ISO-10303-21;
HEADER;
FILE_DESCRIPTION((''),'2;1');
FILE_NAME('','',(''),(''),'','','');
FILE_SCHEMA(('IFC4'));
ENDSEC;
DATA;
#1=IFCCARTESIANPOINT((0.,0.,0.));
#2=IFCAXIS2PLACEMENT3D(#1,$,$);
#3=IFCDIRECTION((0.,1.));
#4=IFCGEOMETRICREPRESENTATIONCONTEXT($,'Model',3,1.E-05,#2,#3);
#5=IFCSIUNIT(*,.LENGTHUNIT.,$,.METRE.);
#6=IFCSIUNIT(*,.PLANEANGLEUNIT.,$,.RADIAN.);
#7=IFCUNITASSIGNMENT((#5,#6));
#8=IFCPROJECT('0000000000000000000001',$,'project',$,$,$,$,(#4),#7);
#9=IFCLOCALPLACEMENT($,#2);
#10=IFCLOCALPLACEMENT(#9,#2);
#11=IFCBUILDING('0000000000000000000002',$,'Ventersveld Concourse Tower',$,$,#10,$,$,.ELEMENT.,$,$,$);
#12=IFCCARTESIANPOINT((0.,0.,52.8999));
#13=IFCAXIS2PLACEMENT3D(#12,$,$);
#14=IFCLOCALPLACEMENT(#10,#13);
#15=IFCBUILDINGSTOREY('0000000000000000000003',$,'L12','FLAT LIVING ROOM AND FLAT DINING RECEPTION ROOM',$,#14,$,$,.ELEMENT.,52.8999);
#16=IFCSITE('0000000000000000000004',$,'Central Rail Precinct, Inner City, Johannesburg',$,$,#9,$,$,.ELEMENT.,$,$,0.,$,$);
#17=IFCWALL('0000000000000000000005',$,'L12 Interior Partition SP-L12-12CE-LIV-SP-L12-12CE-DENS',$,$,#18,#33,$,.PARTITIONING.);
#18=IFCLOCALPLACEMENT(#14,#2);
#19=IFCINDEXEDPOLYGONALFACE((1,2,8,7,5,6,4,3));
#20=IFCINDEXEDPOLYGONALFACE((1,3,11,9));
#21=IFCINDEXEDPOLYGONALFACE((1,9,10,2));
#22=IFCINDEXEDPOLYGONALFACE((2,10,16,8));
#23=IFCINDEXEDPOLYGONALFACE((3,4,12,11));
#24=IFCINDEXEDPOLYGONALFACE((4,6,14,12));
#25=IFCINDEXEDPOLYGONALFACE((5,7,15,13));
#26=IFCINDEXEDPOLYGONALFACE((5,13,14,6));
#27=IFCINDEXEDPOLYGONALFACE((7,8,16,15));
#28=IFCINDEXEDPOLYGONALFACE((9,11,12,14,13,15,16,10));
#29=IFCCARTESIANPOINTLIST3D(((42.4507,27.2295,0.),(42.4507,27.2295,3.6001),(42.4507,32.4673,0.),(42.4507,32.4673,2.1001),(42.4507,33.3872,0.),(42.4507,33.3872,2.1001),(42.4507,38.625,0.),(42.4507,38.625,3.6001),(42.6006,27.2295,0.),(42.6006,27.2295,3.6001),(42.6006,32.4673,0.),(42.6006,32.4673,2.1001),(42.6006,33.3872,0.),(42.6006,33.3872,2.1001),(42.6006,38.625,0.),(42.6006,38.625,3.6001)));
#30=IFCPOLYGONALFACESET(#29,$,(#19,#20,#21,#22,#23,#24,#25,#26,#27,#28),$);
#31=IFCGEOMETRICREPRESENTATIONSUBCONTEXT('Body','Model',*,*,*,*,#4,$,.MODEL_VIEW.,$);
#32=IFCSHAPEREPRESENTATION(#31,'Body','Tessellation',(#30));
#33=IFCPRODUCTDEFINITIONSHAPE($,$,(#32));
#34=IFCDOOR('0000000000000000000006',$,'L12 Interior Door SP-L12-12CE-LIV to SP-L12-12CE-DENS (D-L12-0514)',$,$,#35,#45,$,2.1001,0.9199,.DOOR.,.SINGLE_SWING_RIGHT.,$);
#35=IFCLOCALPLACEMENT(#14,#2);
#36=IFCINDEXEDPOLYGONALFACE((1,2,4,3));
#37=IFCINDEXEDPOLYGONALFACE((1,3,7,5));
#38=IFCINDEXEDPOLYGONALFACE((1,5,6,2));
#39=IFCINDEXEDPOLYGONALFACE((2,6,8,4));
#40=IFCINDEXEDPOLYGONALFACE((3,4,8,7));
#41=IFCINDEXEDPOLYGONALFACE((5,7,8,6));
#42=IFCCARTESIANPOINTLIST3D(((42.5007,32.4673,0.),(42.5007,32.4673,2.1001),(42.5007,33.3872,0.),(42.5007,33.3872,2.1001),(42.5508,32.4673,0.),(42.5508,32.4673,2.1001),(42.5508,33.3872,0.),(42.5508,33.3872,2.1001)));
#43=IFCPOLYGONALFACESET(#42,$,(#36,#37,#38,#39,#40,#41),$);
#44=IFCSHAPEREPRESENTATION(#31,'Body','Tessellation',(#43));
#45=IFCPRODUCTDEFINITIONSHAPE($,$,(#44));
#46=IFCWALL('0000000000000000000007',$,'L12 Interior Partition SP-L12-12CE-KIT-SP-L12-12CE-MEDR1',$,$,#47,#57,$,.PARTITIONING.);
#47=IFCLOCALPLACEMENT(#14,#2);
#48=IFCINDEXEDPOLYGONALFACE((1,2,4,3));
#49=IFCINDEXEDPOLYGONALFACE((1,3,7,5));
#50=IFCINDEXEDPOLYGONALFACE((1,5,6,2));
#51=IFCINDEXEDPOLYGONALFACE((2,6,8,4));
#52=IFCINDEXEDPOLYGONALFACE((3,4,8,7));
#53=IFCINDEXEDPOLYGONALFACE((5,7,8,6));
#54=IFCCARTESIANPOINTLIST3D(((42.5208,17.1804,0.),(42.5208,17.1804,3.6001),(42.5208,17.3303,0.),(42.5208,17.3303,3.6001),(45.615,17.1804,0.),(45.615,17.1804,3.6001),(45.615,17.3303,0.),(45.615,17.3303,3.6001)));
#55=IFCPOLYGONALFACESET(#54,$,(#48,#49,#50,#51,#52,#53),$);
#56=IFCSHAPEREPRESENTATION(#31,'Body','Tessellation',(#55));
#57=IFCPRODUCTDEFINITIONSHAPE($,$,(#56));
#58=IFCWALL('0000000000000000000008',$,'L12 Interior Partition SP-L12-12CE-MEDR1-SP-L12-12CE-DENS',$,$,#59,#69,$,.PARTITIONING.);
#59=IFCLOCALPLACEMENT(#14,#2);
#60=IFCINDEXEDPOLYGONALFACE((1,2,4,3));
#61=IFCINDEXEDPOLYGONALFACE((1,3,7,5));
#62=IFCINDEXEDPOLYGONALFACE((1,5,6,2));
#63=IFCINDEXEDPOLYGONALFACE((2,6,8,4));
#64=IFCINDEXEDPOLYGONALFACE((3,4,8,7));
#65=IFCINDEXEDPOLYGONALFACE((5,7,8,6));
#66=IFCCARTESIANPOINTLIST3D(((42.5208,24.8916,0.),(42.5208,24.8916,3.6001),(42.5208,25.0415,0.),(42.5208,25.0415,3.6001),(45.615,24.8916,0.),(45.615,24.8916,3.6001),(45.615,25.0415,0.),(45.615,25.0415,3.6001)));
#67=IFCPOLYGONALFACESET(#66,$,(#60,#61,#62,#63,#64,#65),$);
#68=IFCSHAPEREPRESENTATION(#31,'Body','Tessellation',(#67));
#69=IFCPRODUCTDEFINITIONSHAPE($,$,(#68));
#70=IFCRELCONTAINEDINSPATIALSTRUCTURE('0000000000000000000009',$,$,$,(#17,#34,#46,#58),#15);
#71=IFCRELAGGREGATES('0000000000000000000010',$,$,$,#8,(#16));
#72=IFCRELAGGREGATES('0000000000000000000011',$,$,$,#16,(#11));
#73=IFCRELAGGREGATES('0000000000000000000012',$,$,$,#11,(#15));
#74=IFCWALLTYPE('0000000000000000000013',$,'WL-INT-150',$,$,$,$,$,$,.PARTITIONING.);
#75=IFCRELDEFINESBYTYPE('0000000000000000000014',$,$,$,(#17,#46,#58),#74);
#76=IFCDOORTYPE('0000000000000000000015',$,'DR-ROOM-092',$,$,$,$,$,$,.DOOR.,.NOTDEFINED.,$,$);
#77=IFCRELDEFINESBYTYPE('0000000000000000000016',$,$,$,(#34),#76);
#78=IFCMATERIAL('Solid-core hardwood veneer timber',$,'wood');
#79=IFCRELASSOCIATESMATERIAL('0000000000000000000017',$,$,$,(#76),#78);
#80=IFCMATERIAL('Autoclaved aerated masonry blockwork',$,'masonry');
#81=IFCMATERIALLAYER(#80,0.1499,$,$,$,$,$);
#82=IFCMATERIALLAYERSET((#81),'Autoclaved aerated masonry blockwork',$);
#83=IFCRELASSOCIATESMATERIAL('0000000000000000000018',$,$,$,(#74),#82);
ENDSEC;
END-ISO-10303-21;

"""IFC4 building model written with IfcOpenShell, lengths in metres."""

from ifc_helpers import new_model, si_unit, direction, frame, frame_2d, origin, place, context, subcontext, project, spatial, rectangle, extrude, material, layer, layer_set, type_object, element, fill, save


model = new_model("IFC4")

# Units and contexts
model_context = context("Model", 3, precision=1e-05, world=origin(), true_north=direction((0.0, 1.0)))
body_context = subcontext(model_context, "Body", "Model", "MODEL_VIEW")
ifc_project = project(units=[si_unit("LENGTHUNIT", "METRE"), si_unit("PLANEANGLEUNIT", "RADIAN")], contexts=[model_context])

# Site, building, storey
site_placement = place(None, origin())
site = spatial("IfcSite", under=ifc_project, at=site_placement, Name="Central Rail Precinct, Inner City, Johannesburg", CompositionType="ELEMENT", RefElevation=0.0)
building_placement = place(site_placement, origin())
building = spatial("IfcBuilding", under=site, at=building_placement, Name="Ventersveld Concourse Tower", CompositionType="ELEMENT")
storey_placement = place(building_placement, frame((0.0, 0.0, 52.8999)))
storey = spatial("IfcBuildingStorey", under=building, at=storey_placement, Name="L12", Description="FLAT LIVING ROOM AND FLAT DINING RECEPTION ROOM", CompositionType="ELEMENT", Elevation=52.8999)

# Wall, opening, door
ifc_material_1 = material(Name="Solid-core hardwood veneer timber", Category="wood")
door_type = type_object("IfcDoorType", Name="DR-ROOM-092", OperationType="NOTDEFINED", PredefinedType="DOOR", material=ifc_material_1)
ifc_material_2 = material(Name="Autoclaved aerated masonry blockwork", Category="masonry")
ifc_layer_1 = layer(ifc_material_2, 0.1499)
ifc_layer_set_1 = layer_set([ifc_layer_1], Name="Autoclaved aerated masonry blockwork")
wall_type_1 = type_object("IfcWallType", Name="WL-INT-150", PredefinedType="PARTITIONING", material=ifc_layer_set_1)
wall_1_placement = place(storey_placement, frame((42.5256, 27.2295, 0.0), z_axis=(0.0, 0.0, 1.0), x_axis=(0.0, 1.0, 0.0)))
wall_1 = element("IfcWall", 1, at=wall_1_placement, inside=storey, type_object=wall_type_1, Name="L12 Interior Partition SP-L12-12CE-LIV-SP-L12-12CE-DENS", PredefinedType="PARTITIONING", context=body_context, shape_type="SweptSolid", body=[
    extrude(rectangle(XDim=11.3955, YDim=0.1499, at=frame_2d((5.6978, 0.0))), origin(), (0.0, 0.0, 1.0), 3.6001),
])
opening_1_placement = place(wall_1_placement, frame((5.2378, 0.0, 0.0)))
opening_1 = element("IfcOpeningElement", 2, at=opening_1_placement, cuts=wall_1, PredefinedType="OPENING", context=body_context, shape_type="SweptSolid", body=[
    extrude(rectangle(XDim=0.9199, YDim=2.1001, at=frame_2d((0.46, 1.05))), frame((0.0, 0.085, 0.0), z_axis=(0.0, -1.0, 0.0), x_axis=(1.0, 0.0, 0.0)), (0.0, 0.0, 1.0), 0.1699),
])
door_1_placement = place(opening_1_placement, origin())
door_1 = element("IfcDoor", 3, at=door_1_placement, inside=storey, type_object=door_type, Name="L12 Interior Door SP-L12-12CE-LIV to SP-L12-12CE-DENS (D-L12-0514)", OperationType="SINGLE_SWING_RIGHT", OverallHeight=2.1001, OverallWidth=0.9199, PredefinedType="DOOR", context=body_context, shape_type="SweptSolid", body=[
    extrude(rectangle(XDim=0.9199, YDim=2.1001, at=frame_2d((0.46, 1.05))), frame((0.0, 0.0249, 0.0), z_axis=(0.0, -1.0, 0.0), x_axis=(1.0, 0.0, 0.0)), (0.0, 0.0, 1.0), 0.05),
])
fill(opening_1, door_1)

# Walls
for number, where, z_axis, x_axis, name in (
    (4, (42.5208, 17.2554, 0.0), (0.0, 0.0, 1.0), (1.0, 0.0, 0.0), "L12 Interior Partition SP-L12-12CE-KIT-SP-L12-12CE-MEDR1"),
    (5, (42.5208, 24.9666, 0.0), (0.0, 0.0, 1.0), (1.0, 0.0, 0.0), "L12 Interior Partition SP-L12-12CE-MEDR1-SP-L12-12CE-DENS"),
):
    element("IfcWall", number, at=place(storey_placement, frame(where, z_axis=z_axis, x_axis=x_axis)), inside=storey, type_object=wall_type_1, Name=name, PredefinedType="PARTITIONING", context=body_context, shape_type="SweptSolid", body=[
        extrude(rectangle(XDim=3.0942, YDim=0.1499, at=frame_2d((1.5471, 0.0))), origin(), (0.0, 0.0, 1.0), 3.6001),
    ])

save(model, "model.ifc")
